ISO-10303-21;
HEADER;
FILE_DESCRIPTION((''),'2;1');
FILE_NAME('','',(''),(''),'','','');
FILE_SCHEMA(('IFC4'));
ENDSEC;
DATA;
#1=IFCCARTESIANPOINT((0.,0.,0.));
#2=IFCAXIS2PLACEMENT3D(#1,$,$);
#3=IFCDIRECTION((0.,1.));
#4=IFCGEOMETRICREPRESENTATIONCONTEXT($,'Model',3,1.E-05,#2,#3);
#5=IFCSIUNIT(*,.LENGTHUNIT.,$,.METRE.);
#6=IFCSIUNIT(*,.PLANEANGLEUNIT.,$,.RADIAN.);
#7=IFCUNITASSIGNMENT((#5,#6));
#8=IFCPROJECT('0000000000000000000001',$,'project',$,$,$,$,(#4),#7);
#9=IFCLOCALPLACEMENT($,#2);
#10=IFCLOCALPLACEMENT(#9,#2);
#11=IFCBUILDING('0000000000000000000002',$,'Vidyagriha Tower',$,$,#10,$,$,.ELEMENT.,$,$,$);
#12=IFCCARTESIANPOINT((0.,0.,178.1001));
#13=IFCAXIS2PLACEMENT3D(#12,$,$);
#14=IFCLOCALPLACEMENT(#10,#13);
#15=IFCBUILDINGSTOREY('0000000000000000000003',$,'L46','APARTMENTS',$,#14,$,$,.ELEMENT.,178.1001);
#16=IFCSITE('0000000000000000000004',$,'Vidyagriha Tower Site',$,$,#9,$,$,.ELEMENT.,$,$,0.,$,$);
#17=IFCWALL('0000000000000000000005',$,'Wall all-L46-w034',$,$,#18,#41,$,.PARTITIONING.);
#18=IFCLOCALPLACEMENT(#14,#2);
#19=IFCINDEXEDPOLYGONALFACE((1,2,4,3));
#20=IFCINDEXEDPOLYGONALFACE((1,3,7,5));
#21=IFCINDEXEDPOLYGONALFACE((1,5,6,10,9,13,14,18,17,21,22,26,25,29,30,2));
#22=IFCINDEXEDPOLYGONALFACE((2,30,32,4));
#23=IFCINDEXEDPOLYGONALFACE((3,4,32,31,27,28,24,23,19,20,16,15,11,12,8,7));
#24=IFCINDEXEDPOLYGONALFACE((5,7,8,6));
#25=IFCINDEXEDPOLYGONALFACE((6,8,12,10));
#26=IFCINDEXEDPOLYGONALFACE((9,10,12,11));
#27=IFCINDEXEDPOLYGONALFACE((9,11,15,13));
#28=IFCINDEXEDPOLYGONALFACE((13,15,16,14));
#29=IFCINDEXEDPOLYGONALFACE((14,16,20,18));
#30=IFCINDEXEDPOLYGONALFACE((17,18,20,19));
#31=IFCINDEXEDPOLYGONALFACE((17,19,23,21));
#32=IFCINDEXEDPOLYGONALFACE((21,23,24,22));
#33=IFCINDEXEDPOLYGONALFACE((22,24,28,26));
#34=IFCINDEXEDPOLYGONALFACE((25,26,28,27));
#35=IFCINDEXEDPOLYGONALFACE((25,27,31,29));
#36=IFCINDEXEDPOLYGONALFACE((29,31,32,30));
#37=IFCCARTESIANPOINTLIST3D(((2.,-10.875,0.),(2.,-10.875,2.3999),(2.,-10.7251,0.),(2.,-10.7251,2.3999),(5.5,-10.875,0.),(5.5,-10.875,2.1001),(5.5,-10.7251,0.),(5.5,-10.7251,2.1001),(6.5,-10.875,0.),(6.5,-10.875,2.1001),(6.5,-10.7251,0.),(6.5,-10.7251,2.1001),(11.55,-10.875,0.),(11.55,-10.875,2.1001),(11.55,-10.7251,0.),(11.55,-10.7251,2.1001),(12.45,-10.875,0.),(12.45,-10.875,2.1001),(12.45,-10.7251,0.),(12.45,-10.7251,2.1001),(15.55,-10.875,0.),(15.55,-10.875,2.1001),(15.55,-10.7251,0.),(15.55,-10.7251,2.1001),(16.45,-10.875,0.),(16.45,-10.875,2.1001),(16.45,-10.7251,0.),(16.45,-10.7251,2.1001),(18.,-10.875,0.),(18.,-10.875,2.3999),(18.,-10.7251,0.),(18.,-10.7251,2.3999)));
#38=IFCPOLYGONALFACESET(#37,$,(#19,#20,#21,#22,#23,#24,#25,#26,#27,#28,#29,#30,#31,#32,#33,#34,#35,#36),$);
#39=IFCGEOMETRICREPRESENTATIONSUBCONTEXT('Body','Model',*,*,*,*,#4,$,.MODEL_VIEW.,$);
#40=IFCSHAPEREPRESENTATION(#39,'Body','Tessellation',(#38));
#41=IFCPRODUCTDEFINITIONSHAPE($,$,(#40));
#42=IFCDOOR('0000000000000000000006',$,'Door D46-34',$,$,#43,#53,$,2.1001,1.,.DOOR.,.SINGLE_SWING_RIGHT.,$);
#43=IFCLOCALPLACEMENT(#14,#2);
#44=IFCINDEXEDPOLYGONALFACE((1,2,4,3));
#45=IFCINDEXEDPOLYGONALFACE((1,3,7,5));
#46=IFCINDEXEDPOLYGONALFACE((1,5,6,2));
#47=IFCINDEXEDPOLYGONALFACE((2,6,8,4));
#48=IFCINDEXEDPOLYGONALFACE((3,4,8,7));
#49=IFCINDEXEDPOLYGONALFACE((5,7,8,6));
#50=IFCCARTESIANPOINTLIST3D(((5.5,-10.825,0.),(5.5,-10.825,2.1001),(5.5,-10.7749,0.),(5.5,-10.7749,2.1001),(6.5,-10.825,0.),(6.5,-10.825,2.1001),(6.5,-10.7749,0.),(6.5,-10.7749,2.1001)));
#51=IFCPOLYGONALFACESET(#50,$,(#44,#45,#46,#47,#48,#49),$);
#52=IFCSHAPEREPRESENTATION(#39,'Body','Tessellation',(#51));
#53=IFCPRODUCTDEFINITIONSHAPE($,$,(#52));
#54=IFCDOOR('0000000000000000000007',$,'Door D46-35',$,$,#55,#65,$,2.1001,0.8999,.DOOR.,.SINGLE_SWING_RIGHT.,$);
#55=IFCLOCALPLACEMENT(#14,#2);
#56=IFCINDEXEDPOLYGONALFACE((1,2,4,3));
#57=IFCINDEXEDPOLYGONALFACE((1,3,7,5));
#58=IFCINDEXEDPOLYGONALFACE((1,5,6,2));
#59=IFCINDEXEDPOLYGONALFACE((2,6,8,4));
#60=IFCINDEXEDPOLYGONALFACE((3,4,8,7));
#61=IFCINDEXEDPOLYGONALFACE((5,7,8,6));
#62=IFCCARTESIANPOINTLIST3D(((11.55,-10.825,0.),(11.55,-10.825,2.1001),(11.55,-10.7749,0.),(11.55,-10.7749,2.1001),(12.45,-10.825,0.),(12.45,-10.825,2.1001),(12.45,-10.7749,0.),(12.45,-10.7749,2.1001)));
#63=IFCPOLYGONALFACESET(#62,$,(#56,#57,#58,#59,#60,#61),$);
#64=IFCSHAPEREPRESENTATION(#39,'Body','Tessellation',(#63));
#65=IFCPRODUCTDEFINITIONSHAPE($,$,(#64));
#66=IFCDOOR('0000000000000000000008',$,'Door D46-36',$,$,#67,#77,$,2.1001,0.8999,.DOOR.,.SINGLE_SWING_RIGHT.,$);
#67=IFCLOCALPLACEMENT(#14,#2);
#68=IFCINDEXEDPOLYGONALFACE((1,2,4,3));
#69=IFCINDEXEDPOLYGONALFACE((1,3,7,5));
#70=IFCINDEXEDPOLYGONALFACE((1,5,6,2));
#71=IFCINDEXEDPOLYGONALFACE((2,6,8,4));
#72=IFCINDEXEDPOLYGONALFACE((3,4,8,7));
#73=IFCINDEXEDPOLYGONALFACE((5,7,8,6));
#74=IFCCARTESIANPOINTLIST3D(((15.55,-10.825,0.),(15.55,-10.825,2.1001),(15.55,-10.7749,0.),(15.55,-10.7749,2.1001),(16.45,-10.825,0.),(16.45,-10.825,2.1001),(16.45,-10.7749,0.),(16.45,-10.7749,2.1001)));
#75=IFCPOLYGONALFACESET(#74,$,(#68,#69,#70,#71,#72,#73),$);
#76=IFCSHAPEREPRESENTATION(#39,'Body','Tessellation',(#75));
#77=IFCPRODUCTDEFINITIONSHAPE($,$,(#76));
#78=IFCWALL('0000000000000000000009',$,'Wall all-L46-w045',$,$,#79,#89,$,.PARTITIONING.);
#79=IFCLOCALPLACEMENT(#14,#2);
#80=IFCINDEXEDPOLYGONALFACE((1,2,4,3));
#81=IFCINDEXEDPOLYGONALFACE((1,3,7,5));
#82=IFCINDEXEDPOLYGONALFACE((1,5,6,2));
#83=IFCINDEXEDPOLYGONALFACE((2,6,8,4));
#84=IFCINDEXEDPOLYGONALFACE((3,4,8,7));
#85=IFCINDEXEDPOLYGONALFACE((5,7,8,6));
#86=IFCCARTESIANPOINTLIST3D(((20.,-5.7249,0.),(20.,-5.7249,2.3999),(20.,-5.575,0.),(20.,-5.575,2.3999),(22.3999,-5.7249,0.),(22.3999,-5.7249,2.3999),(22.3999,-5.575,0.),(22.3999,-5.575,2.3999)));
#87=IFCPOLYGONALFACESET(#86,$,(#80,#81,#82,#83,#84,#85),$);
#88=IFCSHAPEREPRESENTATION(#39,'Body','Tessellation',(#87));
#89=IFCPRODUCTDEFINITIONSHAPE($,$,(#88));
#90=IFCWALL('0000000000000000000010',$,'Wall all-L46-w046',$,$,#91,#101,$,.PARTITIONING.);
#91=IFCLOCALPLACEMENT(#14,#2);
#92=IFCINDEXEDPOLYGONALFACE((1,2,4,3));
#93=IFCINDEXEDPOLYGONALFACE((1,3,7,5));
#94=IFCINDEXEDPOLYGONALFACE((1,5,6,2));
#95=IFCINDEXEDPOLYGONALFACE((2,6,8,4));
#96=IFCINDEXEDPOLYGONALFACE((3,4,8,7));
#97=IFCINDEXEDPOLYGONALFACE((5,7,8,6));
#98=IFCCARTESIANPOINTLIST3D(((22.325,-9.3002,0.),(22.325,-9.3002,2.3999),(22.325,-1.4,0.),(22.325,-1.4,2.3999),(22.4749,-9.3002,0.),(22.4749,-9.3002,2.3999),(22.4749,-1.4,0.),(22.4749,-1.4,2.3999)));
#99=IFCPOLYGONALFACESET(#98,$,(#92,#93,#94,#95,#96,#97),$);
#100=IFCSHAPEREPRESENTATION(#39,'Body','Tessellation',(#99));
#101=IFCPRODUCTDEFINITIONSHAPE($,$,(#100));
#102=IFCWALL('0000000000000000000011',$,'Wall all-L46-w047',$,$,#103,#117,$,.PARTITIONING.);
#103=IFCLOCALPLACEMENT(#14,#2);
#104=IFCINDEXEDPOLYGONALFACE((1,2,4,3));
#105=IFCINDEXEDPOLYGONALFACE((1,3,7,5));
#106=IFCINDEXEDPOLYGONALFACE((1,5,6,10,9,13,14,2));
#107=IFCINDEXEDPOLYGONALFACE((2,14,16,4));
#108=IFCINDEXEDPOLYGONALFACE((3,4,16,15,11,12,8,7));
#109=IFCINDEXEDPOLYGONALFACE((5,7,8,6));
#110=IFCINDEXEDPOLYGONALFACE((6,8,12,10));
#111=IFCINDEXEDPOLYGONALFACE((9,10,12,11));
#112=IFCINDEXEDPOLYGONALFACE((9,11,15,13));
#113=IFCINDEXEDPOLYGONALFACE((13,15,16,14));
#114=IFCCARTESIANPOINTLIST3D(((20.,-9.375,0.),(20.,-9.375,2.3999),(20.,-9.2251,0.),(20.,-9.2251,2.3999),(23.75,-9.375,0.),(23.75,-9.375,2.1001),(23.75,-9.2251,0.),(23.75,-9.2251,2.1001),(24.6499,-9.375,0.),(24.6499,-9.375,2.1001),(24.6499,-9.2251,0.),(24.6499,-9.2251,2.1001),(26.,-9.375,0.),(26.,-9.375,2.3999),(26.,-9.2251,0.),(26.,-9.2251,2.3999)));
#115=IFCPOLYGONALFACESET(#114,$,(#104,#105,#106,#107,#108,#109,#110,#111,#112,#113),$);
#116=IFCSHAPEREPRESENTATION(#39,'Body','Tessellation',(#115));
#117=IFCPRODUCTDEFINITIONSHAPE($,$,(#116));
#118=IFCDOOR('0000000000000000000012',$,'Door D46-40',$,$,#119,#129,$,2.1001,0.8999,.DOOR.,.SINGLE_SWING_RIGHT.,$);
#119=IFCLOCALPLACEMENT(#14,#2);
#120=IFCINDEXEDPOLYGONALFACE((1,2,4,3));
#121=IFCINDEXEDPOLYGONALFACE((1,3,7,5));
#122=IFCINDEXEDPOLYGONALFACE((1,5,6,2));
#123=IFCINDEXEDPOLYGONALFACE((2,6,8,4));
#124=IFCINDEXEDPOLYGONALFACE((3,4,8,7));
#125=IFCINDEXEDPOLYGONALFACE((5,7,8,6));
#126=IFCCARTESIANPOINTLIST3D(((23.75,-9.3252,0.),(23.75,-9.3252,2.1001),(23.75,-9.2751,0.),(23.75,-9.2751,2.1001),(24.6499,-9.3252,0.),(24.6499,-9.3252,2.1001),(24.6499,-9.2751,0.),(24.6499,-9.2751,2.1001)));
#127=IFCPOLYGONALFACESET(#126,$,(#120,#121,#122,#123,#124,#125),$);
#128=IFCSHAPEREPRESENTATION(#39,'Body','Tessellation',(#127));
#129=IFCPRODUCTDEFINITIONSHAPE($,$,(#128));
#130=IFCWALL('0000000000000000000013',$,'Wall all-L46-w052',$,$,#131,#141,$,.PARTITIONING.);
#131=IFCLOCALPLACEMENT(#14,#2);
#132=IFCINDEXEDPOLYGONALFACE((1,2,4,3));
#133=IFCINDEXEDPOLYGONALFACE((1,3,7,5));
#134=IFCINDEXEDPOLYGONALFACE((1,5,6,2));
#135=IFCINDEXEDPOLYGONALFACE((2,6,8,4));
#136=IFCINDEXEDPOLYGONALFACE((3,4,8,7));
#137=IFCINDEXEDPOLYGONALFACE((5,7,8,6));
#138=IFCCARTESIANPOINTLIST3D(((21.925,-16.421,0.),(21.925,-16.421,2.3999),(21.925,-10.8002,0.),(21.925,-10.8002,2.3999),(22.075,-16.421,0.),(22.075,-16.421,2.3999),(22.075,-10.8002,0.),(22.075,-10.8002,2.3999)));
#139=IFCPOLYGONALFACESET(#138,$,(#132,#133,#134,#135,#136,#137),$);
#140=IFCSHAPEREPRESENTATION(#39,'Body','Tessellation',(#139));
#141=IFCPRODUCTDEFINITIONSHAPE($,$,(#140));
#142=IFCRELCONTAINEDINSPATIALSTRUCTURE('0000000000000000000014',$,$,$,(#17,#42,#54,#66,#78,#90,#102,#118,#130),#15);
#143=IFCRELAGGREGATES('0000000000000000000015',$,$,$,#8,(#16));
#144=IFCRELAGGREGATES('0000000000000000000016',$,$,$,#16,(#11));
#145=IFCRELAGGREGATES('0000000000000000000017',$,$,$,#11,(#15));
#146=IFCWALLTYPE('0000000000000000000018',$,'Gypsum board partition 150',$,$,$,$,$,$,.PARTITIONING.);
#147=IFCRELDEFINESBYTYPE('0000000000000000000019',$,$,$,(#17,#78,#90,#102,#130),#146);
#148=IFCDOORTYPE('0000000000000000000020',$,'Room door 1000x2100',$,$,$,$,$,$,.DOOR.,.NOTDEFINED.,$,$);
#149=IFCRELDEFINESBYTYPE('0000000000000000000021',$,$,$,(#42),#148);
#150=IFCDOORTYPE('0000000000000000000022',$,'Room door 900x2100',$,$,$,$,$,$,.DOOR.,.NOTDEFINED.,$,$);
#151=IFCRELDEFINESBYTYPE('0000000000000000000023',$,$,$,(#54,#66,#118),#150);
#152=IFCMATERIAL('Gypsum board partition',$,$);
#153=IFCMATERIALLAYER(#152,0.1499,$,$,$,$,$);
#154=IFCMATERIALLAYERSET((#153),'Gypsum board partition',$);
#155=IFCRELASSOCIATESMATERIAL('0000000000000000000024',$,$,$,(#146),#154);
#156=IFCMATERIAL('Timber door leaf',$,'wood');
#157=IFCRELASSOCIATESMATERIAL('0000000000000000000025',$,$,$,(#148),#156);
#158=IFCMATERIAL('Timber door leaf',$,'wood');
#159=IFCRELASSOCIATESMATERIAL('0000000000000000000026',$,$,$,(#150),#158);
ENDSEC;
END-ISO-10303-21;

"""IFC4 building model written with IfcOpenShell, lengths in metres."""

from ifc_helpers import new_model, si_unit, direction, frame, frame_2d, origin, place, context, subcontext, project, spatial, rectangle, extrude, material, layer, layer_set, type_object, element, fill, save


model = new_model("IFC4")

# Units and contexts
model_context = context("Model", 3, precision=1e-05, world=origin(), true_north=direction((0.0, 1.0)))
body_context = subcontext(model_context, "Body", "Model", "MODEL_VIEW")
ifc_project = project(units=[si_unit("LENGTHUNIT", "METRE"), si_unit("PLANEANGLEUNIT", "RADIAN")], contexts=[model_context])

# Site, building, storey
site_placement = place(None, origin())
site = spatial("IfcSite", under=ifc_project, at=site_placement, Name="Vidyagriha Tower Site", CompositionType="ELEMENT", RefElevation=0.0)
building_placement = place(site_placement, origin())
building = spatial("IfcBuilding", under=site, at=building_placement, Name="Vidyagriha Tower", CompositionType="ELEMENT")
storey_placement = place(building_placement, frame((0.0, 0.0, 178.1001)))
storey = spatial("IfcBuildingStorey", under=building, at=storey_placement, Name="L46", Description="APARTMENTS", CompositionType="ELEMENT", Elevation=178.1001)

# Wall, openings, doors
ifc_material_1 = material(Name="Gypsum board partition")
ifc_layer_1 = layer(ifc_material_1, 0.1499)
ifc_layer_set_1 = layer_set([ifc_layer_1], Name="Gypsum board partition")
wall_type_1 = type_object("IfcWallType", Name="Gypsum board partition 150", PredefinedType="PARTITIONING", material=ifc_layer_set_1)
wall_1_placement = place(storey_placement, frame((18.0, -10.8, 0.0), z_axis=(0.0, 0.0, 1.0), x_axis=(-1.0, 0.0, 0.0)))
wall_1 = element("IfcWall", 1, at=wall_1_placement, inside=storey, type_object=wall_type_1, Name="Wall all-L46-w034", PredefinedType="PARTITIONING", context=body_context, shape_type="SweptSolid", body=[
    extrude(rectangle(XDim=16.0, YDim=0.1499, at=frame_2d((8.0, 0.0))), origin(), (0.0, 0.0, 1.0), 2.3999),
])
opening_1_placement = place(wall_1_placement, frame((11.5, 0.0, 0.0)))
opening_1 = element("IfcOpeningElement", 2, at=opening_1_placement, cuts=wall_1, PredefinedType="OPENING", context=body_context, shape_type="SweptSolid", body=[
    extrude(rectangle(XDim=1.0, YDim=2.1001, at=frame_2d((0.5, 1.05))), frame((0.0, 0.085, 0.0), z_axis=(0.0, -1.0, 0.0), x_axis=(1.0, 0.0, 0.0)), (0.0, 0.0, 1.0), 0.1699),
])
opening_2_placement = place(wall_1_placement, frame((5.55, 0.0, 0.0)))
opening_2 = element("IfcOpeningElement", 3, at=opening_2_placement, cuts=wall_1, PredefinedType="OPENING", context=body_context, shape_type="SweptSolid", body=[
    extrude(rectangle(XDim=0.8999, YDim=2.1001, at=frame_2d((0.45, 1.05))), frame((0.0, 0.085, 0.0), z_axis=(0.0, -1.0, 0.0), x_axis=(1.0, 0.0, 0.0)), (0.0, 0.0, 1.0), 0.1699),
])
opening_3_placement = place(wall_1_placement, frame((1.55, 0.0, 0.0)))
opening_3 = element("IfcOpeningElement", 4, at=opening_3_placement, cuts=wall_1, PredefinedType="OPENING", context=body_context, shape_type="SweptSolid", body=[
    extrude(rectangle(XDim=0.8999, YDim=2.1001, at=frame_2d((0.45, 1.05))), frame((0.0, 0.085, 0.0), z_axis=(0.0, -1.0, 0.0), x_axis=(1.0, 0.0, 0.0)), (0.0, 0.0, 1.0), 0.1699),
])
ifc_material_2 = material(Name="Timber door leaf", Category="wood")
door_type_1 = type_object("IfcDoorType", Name="Room door 1000x2100", OperationType="NOTDEFINED", PredefinedType="DOOR", material=ifc_material_2)
door_1_placement = place(opening_1_placement, origin())
door_1 = element("IfcDoor", 5, at=door_1_placement, inside=storey, type_object=door_type_1, Name="Door D46-34", OperationType="SINGLE_SWING_RIGHT", OverallHeight=2.1001, OverallWidth=1.0, PredefinedType="DOOR", context=body_context, shape_type="SweptSolid", body=[
    extrude(rectangle(XDim=1.0, YDim=2.1001, at=frame_2d((0.5, 1.05))), frame((0.0, 0.0249, 0.0), z_axis=(0.0, -1.0, 0.0), x_axis=(1.0, 0.0, 0.0)), (0.0, 0.0, 1.0), 0.05),
])
fill(opening_1, door_1)
ifc_material_3 = material(Name="Timber door leaf", Category="wood")
door_type_2 = type_object("IfcDoorType", Name="Room door 900x2100", OperationType="NOTDEFINED", PredefinedType="DOOR", material=ifc_material_3)
door_2_placement = place(opening_2_placement, origin())
door_2 = element("IfcDoor", 6, at=door_2_placement, inside=storey, type_object=door_type_2, Name="Door D46-35", OperationType="SINGLE_SWING_RIGHT", OverallHeight=2.1001, OverallWidth=0.8999, PredefinedType="DOOR", context=body_context, shape_type="SweptSolid", body=[
    extrude(rectangle(XDim=0.8999, YDim=2.1001, at=frame_2d((0.45, 1.05))), frame((0.0, 0.0249, 0.0), z_axis=(0.0, -1.0, 0.0), x_axis=(1.0, 0.0, 0.0)), (0.0, 0.0, 1.0), 0.05),
])
fill(opening_2, door_2)
door_3_placement = place(opening_3_placement, origin())
door_3 = element("IfcDoor", 7, at=door_3_placement, inside=storey, type_object=door_type_2, Name="Door D46-36", OperationType="SINGLE_SWING_RIGHT", OverallHeight=2.1001, OverallWidth=0.8999, PredefinedType="DOOR", context=body_context, shape_type="SweptSolid", body=[
    extrude(rectangle(XDim=0.8999, YDim=2.1001, at=frame_2d((0.45, 1.05))), frame((0.0, 0.0249, 0.0), z_axis=(0.0, -1.0, 0.0), x_axis=(1.0, 0.0, 0.0)), (0.0, 0.0, 1.0), 0.05),
])
fill(opening_3, door_3)

# Walls
wall_2_placement = place(storey_placement, frame((22.3999, -5.6499, 0.0), z_axis=(0.0, 0.0, 1.0), x_axis=(-1.0, 0.0, 0.0)))
element("IfcWall", 8, at=wall_2_placement, inside=storey, type_object=wall_type_1, Name="Wall all-L46-w045", PredefinedType="PARTITIONING", context=body_context, shape_type="SweptSolid", body=[
    extrude(rectangle(XDim=2.3999, YDim=0.1499, at=frame_2d((1.2, 0.0))), origin(), (0.0, 0.0, 1.0), 2.3999),
])
wall_3_placement = place(storey_placement, frame((22.3999, -1.3999, 0.0), z_axis=(0.0, 0.0, 1.0), x_axis=(0.0, -1.0, 0.0)))
element("IfcWall", 9, at=wall_3_placement, inside=storey, type_object=wall_type_1, Name="Wall all-L46-w046", PredefinedType="PARTITIONING", context=body_context, shape_type="SweptSolid", body=[
    extrude(rectangle(XDim=7.9001, YDim=0.1499, at=frame_2d((3.9502, 0.0))), origin(), (0.0, 0.0, 1.0), 2.3999),
])

# Wall, opening, door
wall_4_placement = place(storey_placement, frame((20.0, -9.3, 0.0)))
wall_4 = element("IfcWall", 10, at=wall_4_placement, inside=storey, type_object=wall_type_1, Name="Wall all-L46-w047", PredefinedType="PARTITIONING", context=body_context, shape_type="SweptSolid", body=[
    extrude(rectangle(XDim=6.0, YDim=0.1499, at=frame_2d((3.0, 0.0))), origin(), (0.0, 0.0, 1.0), 2.3999),
])
opening_4_placement = place(wall_4_placement, frame((3.75, 0.0, 0.0)))
opening_4 = element("IfcOpeningElement", 11, at=opening_4_placement, cuts=wall_4, PredefinedType="OPENING", context=body_context, shape_type="SweptSolid", body=[
    extrude(rectangle(XDim=0.8999, YDim=2.1001, at=frame_2d((0.45, 1.05))), frame((0.0, 0.085, 0.0), z_axis=(0.0, -1.0, 0.0), x_axis=(1.0, 0.0, 0.0)), (0.0, 0.0, 1.0), 0.1699),
])
door_4_placement = place(opening_4_placement, origin())
door_4 = element("IfcDoor", 12, at=door_4_placement, inside=storey, type_object=door_type_2, Name="Door D46-40", OperationType="SINGLE_SWING_RIGHT", OverallHeight=2.1001, OverallWidth=0.8999, PredefinedType="DOOR", context=body_context, shape_type="SweptSolid", body=[
    extrude(rectangle(XDim=0.8999, YDim=2.1001, at=frame_2d((0.45, 1.05))), frame((0.0, 0.0249, 0.0), z_axis=(0.0, -1.0, 0.0), x_axis=(1.0, 0.0, 0.0)), (0.0, 0.0, 1.0), 0.05),
])
fill(opening_4, door_4)

# Wall
wall_5_placement = place(storey_placement, frame((22.0, -10.8, 0.0), z_axis=(0.0, 0.0, 1.0), x_axis=(0.0, -1.0, 0.0)))
element("IfcWall", 13, at=wall_5_placement, inside=storey, type_object=wall_type_1, Name="Wall all-L46-w052", PredefinedType="PARTITIONING", context=body_context, shape_type="SweptSolid", body=[
    extrude(rectangle(XDim=5.6208, YDim=0.1499, at=frame_2d((2.8105, 0.0))), origin(), (0.0, 0.0, 1.0), 2.3999),
])

save(model, "model.ifc")
